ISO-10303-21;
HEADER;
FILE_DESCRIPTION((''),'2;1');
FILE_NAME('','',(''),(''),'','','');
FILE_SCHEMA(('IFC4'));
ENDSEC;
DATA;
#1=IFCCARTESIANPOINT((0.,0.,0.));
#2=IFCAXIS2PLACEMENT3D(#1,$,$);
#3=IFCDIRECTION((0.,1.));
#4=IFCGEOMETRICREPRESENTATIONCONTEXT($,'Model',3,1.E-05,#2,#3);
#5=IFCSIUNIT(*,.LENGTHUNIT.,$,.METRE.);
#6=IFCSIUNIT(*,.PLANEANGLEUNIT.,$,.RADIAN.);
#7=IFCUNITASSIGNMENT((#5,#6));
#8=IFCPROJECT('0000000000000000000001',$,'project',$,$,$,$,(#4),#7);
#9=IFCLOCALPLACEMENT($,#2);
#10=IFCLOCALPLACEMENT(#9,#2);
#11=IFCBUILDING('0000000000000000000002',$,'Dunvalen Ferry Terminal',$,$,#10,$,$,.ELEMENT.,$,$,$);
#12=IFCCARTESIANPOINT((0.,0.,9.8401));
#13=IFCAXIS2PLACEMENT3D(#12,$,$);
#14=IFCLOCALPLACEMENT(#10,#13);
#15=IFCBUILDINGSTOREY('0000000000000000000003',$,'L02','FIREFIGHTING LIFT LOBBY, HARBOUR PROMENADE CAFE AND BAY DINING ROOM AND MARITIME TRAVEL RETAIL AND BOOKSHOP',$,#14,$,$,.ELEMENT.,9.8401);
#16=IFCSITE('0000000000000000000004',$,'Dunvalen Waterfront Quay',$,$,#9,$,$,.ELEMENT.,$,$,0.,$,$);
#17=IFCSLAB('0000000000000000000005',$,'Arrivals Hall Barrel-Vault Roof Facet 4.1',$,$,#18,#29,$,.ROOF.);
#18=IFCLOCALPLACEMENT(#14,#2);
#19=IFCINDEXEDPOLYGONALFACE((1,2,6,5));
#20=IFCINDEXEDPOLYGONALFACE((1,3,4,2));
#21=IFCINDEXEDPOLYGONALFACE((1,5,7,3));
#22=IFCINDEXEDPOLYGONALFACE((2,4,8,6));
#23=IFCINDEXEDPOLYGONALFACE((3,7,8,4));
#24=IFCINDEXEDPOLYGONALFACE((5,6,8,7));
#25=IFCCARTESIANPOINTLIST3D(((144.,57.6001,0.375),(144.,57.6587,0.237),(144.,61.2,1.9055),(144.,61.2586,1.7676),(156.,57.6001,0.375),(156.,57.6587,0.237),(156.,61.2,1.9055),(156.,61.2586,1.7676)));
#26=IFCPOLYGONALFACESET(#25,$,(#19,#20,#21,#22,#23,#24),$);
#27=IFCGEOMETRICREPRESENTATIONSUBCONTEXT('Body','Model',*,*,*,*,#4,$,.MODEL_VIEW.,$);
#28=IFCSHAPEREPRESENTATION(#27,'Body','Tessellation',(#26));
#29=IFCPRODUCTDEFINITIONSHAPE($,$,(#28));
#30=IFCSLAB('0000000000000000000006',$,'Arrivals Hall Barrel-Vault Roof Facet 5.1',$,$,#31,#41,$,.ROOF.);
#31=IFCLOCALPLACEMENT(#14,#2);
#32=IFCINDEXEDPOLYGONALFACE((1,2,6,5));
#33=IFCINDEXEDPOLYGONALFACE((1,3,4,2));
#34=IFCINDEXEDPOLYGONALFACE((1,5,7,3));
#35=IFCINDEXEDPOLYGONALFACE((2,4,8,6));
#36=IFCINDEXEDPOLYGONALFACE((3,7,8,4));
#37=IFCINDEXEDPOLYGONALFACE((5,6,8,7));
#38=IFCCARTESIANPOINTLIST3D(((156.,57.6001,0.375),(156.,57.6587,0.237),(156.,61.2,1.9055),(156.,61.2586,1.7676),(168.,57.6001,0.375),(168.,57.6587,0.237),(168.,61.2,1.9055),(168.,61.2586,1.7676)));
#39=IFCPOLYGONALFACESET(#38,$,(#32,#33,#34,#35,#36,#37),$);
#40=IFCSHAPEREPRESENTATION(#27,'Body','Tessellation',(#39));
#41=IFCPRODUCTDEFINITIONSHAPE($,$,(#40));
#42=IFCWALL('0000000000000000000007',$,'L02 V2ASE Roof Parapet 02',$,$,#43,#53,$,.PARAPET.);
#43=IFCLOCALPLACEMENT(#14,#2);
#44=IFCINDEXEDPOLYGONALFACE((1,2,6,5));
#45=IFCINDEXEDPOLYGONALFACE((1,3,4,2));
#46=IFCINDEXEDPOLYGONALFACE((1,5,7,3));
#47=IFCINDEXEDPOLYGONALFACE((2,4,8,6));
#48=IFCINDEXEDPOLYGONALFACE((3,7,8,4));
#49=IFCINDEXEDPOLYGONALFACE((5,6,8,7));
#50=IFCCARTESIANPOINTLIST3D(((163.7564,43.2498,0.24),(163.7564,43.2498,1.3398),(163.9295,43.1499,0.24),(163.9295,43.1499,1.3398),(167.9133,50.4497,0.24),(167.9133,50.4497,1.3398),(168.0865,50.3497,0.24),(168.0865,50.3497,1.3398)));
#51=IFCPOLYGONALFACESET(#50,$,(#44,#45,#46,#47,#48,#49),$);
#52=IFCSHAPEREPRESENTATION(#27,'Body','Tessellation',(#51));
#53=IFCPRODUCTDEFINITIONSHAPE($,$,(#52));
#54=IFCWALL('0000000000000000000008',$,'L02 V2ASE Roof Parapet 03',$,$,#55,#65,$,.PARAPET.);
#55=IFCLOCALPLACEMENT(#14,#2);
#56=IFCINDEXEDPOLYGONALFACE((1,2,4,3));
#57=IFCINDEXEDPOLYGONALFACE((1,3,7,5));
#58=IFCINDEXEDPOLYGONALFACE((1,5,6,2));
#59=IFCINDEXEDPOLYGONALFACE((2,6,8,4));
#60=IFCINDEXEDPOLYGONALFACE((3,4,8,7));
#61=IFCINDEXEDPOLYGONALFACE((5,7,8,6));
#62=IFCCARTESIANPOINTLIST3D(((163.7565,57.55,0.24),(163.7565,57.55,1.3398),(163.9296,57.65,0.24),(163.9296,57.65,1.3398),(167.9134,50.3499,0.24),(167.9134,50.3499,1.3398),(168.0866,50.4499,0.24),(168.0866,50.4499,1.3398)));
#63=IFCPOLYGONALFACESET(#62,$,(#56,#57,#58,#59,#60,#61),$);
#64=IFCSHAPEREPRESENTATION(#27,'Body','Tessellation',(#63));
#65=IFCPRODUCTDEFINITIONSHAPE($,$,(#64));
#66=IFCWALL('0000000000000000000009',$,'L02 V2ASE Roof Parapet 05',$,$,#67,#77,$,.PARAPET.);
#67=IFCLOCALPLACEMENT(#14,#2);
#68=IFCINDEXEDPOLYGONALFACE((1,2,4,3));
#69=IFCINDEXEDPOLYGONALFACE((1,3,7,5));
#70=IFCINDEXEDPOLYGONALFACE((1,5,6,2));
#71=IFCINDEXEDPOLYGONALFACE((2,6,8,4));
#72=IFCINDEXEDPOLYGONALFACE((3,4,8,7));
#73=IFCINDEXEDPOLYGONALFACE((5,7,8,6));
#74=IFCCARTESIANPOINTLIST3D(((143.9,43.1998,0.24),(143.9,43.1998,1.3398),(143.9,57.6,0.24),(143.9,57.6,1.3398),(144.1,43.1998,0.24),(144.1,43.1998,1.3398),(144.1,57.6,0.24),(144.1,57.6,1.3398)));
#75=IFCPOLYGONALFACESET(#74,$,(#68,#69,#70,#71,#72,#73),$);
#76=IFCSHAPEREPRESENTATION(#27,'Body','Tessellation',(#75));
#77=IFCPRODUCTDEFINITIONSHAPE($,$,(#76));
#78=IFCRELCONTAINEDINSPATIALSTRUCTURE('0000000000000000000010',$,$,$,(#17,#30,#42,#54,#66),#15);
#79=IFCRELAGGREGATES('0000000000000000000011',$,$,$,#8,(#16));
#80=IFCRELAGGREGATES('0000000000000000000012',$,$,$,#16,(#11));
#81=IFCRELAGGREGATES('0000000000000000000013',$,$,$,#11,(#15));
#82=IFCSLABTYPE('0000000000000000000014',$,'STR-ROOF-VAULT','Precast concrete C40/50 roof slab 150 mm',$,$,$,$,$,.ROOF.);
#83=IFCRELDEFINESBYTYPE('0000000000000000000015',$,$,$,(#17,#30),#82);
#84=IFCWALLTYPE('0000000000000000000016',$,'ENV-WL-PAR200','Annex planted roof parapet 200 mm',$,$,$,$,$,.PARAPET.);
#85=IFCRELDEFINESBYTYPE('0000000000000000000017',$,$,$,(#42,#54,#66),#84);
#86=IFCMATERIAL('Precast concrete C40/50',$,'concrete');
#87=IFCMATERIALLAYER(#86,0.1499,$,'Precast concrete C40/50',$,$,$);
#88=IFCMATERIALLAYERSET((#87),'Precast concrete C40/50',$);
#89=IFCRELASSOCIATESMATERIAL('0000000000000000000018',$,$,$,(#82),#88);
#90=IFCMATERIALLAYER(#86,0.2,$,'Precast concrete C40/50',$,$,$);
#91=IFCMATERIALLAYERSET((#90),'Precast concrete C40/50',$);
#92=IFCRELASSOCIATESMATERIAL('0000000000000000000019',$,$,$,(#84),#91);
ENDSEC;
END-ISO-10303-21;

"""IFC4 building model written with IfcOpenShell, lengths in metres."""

from ifc_helpers import new_model, si_unit, direction, frame, frame_2d, origin, place, context, subcontext, project, spatial, polyline, rectangle, outline, extrude, material, layer, layer_set, type_object, element, save


model = new_model("IFC4")

# Units and contexts
model_context = context("Model", 3, precision=1e-05, world=origin(), true_north=direction((0.0, 1.0)))
body_context = subcontext(model_context, "Body", "Model", "MODEL_VIEW")
ifc_project = project(units=[si_unit("LENGTHUNIT", "METRE"), si_unit("PLANEANGLEUNIT", "RADIAN")], contexts=[model_context])

# Site, building, storey
site_placement = place(None, origin())
site = spatial("IfcSite", under=ifc_project, at=site_placement, Name="Dunvalen Waterfront Quay", CompositionType="ELEMENT", RefElevation=0.0)
building_placement = place(site_placement, origin())
building = spatial("IfcBuilding", under=site, at=building_placement, Name="Dunvalen Ferry Terminal", CompositionType="ELEMENT")
storey_placement = place(building_placement, frame((0.0, 0.0, 9.8401)))
storey = spatial("IfcBuildingStorey", under=building, at=storey_placement, Name="L02", Description="FIREFIGHTING LIFT LOBBY, HARBOUR PROMENADE CAFE AND BAY DINING ROOM AND MARITIME TRAVEL RETAIL AND BOOKSHOP", CompositionType="ELEMENT", Elevation=9.8401)

# Slabs
ifc_material_1 = material(Name="Precast concrete C40/50", Category="concrete")
ifc_layer_1 = layer(ifc_material_1, 0.1499, Name="Precast concrete C40/50")
ifc_layer_set_1 = layer_set([ifc_layer_1], Name="Precast concrete C40/50")
slab_type = type_object("IfcSlabType", Name="STR-ROOF-VAULT", Description="Precast concrete C40/50 roof slab 150 mm", PredefinedType="ROOF", material=ifc_layer_set_1)
for number, where, z_axis, x_axis, name in (
    (1, (144.0, 57.6001, 0.375), (0.0, -0.391266, 0.920278), (1.0, 0.0, 0.0), "Arrivals Hall Barrel-Vault Roof Facet 4.1"),
    (2, (156.0, 57.6001, 0.375), (0.0, -0.391266, 0.920278), (1.0, 0.0, 0.0), "Arrivals Hall Barrel-Vault Roof Facet 5.1"),
):
    element("IfcSlab", number, at=place(storey_placement, frame(where, z_axis=z_axis, x_axis=x_axis)), inside=storey, type_object=slab_type, Name=name, PredefinedType="ROOF", context=body_context, shape_type="SweptSolid", body=[
        extrude(outline(polyline([(0.0, 0.0), (12.0, 0.0), (12.0, 3.9117), (0.0, 3.9117), (0.0, 0.0)])), origin(), (0.0, 0.0, -1.0), 0.1499),
    ])

# Walls
ifc_layer_2 = layer(ifc_material_1, 0.2, Name="Precast concrete C40/50")
ifc_layer_set_2 = layer_set([ifc_layer_2], Name="Precast concrete C40/50")
wall_type = type_object("IfcWallType", Name="ENV-WL-PAR200", Description="Annex planted roof parapet 200 mm", PredefinedType="PARAPET", material=ifc_layer_set_2)
wall_1_placement = place(storey_placement, frame((163.843, 43.2, 0.24), z_axis=(0.0, 0.0, 1.0), x_axis=(0.500008, 0.866021, 0.0)))
element("IfcWall", 3, at=wall_1_placement, inside=storey, type_object=wall_type, Name="L02 V2ASE Roof Parapet 02", PredefinedType="PARAPET", context=body_context, shape_type="SweptSolid", body=[
    extrude(rectangle(XDim=8.3137, YDim=0.2, at=frame_2d((4.1567, 0.0))), origin(), (0.0, 0.0, 1.0), 1.0999),
])
wall_2_placement = place(storey_placement, frame((168.0, 50.3999, 0.24), z_axis=(0.0, 0.0, 1.0), x_axis=(-0.499995, 0.866028, 0.0)))
element("IfcWall", 4, at=wall_2_placement, inside=storey, type_object=wall_type, Name="L02 V2ASE Roof Parapet 03", PredefinedType="PARAPET", context=body_context, shape_type="SweptSolid", body=[
    extrude(rectangle(XDim=8.314, YDim=0.2, at=frame_2d((4.157, 0.0))), origin(), (0.0, 0.0, 1.0), 1.0999),
])
wall_3_placement = place(storey_placement, frame((144.0, 57.6001, 0.24), z_axis=(0.0, 0.0, 1.0), x_axis=(0.0, -1.0, 0.0)))
element("IfcWall", 5, at=wall_3_placement, inside=storey, type_object=wall_type, Name="L02 V2ASE Roof Parapet 05", PredefinedType="PARAPET", context=body_context, shape_type="SweptSolid", body=[
    extrude(rectangle(XDim=14.4001, YDim=0.2, at=frame_2d((7.2002, 0.0))), origin(), (0.0, 0.0, 1.0), 1.0999),
])

save(model, "model.ifc")
